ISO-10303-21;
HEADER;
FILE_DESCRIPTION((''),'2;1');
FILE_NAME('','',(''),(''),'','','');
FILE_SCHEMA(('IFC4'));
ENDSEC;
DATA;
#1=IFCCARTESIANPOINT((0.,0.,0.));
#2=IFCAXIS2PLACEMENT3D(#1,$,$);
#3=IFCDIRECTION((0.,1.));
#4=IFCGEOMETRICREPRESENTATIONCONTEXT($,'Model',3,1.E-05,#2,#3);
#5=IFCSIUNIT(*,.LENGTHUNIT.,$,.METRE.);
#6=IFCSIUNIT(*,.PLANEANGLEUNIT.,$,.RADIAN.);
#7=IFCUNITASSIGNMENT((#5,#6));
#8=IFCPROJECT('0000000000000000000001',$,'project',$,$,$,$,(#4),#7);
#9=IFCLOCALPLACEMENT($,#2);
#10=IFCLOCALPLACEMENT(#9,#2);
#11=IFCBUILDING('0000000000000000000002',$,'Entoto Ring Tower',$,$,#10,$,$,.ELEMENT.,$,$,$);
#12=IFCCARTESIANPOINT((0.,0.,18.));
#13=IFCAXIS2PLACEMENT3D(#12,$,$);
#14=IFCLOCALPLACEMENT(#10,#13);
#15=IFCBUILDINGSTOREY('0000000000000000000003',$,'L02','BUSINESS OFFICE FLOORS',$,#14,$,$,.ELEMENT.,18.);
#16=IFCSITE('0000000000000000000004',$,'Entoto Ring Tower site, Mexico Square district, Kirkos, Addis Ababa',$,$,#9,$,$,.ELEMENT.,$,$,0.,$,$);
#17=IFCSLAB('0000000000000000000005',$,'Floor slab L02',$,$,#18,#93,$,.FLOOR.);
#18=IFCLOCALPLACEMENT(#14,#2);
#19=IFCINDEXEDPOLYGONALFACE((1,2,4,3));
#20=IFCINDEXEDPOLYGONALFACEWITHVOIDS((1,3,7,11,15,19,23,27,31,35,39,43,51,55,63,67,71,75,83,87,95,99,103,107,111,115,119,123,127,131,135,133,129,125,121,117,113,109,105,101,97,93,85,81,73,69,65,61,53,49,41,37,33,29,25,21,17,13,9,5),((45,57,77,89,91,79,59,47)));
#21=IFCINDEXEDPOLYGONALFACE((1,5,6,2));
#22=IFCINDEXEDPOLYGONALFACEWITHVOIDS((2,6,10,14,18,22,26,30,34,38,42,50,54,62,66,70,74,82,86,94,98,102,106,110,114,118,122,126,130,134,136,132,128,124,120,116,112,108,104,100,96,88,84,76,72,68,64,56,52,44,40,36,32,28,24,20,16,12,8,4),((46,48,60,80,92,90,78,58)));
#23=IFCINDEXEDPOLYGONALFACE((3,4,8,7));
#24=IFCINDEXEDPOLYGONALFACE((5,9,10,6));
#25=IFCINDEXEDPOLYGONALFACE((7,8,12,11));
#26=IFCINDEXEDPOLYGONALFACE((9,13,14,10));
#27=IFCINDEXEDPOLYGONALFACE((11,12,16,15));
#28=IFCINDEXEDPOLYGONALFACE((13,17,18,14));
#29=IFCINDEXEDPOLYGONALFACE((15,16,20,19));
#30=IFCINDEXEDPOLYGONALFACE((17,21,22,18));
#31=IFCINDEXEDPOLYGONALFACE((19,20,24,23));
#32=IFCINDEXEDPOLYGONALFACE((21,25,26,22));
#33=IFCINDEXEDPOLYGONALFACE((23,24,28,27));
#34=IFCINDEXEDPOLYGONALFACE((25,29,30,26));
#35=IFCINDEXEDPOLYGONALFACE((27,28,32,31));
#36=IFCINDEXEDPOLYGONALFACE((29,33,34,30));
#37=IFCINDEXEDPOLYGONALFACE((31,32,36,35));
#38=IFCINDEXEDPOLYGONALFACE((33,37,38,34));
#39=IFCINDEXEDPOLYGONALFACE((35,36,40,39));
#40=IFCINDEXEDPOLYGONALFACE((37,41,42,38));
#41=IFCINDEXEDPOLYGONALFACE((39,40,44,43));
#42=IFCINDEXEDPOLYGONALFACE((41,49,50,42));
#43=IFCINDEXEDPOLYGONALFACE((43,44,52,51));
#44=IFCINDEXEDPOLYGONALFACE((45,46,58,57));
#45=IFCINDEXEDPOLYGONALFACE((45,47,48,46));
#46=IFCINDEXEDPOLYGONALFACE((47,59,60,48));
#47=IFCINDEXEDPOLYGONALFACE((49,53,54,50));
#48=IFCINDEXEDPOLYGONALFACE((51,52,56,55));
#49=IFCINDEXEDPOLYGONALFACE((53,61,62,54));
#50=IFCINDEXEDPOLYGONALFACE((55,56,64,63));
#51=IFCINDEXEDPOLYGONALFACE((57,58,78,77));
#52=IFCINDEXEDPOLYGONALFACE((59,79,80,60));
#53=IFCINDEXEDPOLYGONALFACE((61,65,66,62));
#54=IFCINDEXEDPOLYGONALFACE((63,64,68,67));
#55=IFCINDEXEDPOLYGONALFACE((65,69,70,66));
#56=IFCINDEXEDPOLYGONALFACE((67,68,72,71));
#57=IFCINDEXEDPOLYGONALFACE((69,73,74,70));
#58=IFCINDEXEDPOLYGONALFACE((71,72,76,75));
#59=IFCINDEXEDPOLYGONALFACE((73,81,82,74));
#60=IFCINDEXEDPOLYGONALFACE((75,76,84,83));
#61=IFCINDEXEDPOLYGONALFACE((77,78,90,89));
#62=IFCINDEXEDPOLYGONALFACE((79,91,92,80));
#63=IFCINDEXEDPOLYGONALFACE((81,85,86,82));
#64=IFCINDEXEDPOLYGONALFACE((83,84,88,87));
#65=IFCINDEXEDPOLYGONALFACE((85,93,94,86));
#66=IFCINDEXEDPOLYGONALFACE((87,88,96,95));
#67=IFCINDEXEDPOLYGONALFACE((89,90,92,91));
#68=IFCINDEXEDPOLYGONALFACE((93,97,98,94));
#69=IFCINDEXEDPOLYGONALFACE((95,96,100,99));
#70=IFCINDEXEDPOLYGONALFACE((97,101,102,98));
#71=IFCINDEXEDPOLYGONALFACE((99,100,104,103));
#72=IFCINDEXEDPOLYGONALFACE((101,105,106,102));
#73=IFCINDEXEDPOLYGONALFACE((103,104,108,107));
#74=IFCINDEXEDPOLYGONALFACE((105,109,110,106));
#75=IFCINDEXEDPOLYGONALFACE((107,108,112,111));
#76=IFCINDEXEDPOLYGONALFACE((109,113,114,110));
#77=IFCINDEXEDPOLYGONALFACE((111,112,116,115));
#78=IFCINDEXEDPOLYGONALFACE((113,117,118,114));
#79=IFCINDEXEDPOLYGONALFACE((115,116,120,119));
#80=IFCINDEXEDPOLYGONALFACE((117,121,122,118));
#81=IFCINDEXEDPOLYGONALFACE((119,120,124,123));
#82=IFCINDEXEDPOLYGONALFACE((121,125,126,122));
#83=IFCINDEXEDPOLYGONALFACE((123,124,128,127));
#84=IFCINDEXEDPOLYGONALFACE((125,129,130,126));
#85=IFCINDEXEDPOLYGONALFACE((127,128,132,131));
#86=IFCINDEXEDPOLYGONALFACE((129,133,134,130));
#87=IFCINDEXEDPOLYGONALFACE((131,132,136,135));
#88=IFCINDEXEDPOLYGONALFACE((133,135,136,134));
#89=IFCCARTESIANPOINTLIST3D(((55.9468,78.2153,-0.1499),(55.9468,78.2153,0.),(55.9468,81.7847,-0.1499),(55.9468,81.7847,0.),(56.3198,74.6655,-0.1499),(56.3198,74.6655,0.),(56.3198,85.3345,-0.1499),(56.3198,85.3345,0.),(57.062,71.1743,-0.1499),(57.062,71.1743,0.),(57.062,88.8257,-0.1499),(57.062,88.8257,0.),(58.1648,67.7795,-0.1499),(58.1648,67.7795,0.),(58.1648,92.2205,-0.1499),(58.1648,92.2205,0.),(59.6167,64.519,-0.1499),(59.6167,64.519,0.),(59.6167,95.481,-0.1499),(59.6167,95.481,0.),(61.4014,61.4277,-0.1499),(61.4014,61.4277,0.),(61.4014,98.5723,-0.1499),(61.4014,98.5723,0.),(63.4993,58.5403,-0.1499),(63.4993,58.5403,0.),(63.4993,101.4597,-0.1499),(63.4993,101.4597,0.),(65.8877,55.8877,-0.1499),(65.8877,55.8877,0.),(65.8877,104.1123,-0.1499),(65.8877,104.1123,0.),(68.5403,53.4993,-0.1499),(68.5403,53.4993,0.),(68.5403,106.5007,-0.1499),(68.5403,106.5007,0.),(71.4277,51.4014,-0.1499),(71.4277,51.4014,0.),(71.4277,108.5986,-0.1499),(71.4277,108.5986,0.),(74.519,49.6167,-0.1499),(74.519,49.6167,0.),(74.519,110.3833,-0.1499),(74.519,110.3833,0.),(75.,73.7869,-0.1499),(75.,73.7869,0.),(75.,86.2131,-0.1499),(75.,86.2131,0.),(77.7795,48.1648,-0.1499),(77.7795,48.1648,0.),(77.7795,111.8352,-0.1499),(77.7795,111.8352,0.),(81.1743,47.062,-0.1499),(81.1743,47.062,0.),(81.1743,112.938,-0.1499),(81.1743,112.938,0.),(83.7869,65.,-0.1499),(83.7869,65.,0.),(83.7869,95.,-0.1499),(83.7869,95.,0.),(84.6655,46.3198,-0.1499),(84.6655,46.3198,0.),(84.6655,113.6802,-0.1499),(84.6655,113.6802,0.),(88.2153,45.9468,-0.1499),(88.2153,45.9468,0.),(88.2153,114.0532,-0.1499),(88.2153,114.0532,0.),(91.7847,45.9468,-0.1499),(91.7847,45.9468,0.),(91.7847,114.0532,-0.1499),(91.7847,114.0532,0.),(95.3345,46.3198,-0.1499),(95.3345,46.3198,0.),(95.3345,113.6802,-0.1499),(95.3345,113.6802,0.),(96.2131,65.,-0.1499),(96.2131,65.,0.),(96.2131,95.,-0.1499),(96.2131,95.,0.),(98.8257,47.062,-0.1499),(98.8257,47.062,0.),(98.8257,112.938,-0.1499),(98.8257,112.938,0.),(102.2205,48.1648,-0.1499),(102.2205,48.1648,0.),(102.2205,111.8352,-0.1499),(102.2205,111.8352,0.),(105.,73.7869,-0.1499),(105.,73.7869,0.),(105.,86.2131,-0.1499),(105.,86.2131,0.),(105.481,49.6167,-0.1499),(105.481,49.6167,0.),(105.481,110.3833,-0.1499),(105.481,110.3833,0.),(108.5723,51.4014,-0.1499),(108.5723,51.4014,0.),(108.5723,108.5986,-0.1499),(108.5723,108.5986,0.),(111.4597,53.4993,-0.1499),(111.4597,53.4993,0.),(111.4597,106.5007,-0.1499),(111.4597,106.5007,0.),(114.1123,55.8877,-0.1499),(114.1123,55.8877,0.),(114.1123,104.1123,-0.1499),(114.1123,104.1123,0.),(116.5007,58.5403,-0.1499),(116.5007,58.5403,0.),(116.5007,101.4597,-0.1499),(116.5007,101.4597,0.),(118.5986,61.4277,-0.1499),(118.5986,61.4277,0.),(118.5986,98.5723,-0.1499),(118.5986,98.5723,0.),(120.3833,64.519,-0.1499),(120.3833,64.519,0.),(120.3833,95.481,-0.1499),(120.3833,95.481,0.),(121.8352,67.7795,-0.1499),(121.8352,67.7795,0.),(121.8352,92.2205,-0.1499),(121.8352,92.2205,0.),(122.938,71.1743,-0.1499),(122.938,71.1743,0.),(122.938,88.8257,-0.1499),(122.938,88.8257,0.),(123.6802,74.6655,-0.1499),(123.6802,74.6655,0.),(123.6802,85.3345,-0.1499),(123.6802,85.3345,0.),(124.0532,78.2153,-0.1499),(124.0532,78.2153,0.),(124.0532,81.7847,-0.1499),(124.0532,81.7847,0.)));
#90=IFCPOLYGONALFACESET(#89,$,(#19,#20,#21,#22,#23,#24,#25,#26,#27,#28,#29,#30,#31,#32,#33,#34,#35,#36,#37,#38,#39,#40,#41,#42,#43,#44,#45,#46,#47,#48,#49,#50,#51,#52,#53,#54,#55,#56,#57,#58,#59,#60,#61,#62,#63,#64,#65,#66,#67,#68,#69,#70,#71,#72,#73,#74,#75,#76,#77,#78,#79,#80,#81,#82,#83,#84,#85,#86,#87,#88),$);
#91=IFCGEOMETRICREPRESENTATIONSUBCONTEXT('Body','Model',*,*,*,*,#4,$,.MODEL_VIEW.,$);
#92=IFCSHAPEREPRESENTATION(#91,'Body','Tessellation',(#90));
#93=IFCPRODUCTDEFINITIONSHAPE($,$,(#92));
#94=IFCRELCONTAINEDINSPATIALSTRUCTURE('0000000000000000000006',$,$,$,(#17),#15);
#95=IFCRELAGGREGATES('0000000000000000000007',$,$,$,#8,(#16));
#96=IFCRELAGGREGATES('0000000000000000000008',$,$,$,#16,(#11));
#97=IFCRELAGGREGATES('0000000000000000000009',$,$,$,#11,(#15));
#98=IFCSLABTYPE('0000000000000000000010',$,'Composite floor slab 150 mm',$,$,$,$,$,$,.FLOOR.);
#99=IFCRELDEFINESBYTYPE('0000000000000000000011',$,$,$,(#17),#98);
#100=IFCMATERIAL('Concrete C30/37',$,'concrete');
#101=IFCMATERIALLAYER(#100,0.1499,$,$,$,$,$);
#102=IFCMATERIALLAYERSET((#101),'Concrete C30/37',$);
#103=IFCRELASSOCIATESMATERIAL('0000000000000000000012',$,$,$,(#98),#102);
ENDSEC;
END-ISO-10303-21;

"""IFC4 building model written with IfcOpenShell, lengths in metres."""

from ifc_helpers import new_model, si_unit, direction, frame, origin, place, context, subcontext, project, spatial, polyline, outline, extrude, material, layer, layer_set, type_object, element, save


model = new_model("IFC4")

# Units and contexts
model_context = context("Model", 3, precision=1e-05, world=origin(), true_north=direction((0.0, 1.0)))
body_context = subcontext(model_context, "Body", "Model", "MODEL_VIEW")
ifc_project = project(units=[si_unit("LENGTHUNIT", "METRE"), si_unit("PLANEANGLEUNIT", "RADIAN")], contexts=[model_context])

# Site, building, storey
site_placement = place(None, origin())
building_placement = place(site_placement, origin())
storey_placement = place(building_placement, frame((0.0, 0.0, 18.0)))
site = spatial("IfcSite", under=ifc_project, at=site_placement, Name="Entoto Ring Tower site, Mexico Square district, Kirkos, Addis Ababa", CompositionType="ELEMENT", RefElevation=0.0)
building = spatial("IfcBuilding", under=site, at=building_placement, Name="Entoto Ring Tower", CompositionType="ELEMENT")
storey = spatial("IfcBuildingStorey", under=building, at=storey_placement, Name="L02", Description="BUSINESS OFFICE FLOORS", CompositionType="ELEMENT", Elevation=18.0)

# Slab
ifc_material_1 = material(Name="Concrete C30/37", Category="concrete")
ifc_layer_1 = layer(ifc_material_1, 0.1499)
ifc_layer_set_1 = layer_set([ifc_layer_1], Name="Concrete C30/37")
slab_type = type_object("IfcSlabType", Name="Composite floor slab 150 mm", PredefinedType="FLOOR", material=ifc_layer_set_1)
slab_placement = place(storey_placement, frame((0.0, 0.0, -0.1499)))
element("IfcSlab", 1, at=slab_placement, inside=storey, type_object=slab_type, Name="Floor slab L02", PredefinedType="FLOOR", context=body_context, shape_type="SweptSolid", body=[
    extrude(outline(polyline([(123.6802, 85.3345), (122.938, 88.8257), (121.8352, 92.2205), (120.3833, 95.481), (118.5986, 98.5723), (116.5007, 101.4597), (114.1123, 104.1123), (111.4597, 106.5007), (108.5723, 108.5986), (105.481, 110.3833), (102.2205, 111.8352), (98.8257, 112.938), (95.3345, 113.6802), (91.7847, 114.0532), (88.2153, 114.0532), (84.6655, 113.6802), (81.1743, 112.938), (77.7795, 111.8352), (74.519, 110.3833), (71.4277, 108.5986), (68.5403, 106.5007), (65.8877, 104.1123), (63.4993, 101.4597), (61.4014, 98.5723), (59.6167, 95.481), (58.1648, 92.2205), (57.062, 88.8257), (56.3198, 85.3345), (55.9468, 81.7847), (55.9468, 78.2153), (56.3198, 74.6655), (57.062, 71.1743), (58.1648, 67.7795), (59.6167, 64.519), (61.4014, 61.4277), (63.4993, 58.5403), (65.8877, 55.8877), (68.5403, 53.4993), (71.4277, 51.4014), (74.519, 49.6167), (77.7795, 48.1648), (81.1743, 47.062), (84.6655, 46.3198), (88.2153, 45.9468), (91.7847, 45.9468), (95.3345, 46.3198), (98.8257, 47.062), (102.2205, 48.1648), (105.481, 49.6167), (108.5723, 51.4014), (111.4597, 53.4993), (114.1123, 55.8877), (116.5007, 58.5403), (118.5986, 61.4277), (120.3833, 64.519), (121.8352, 67.7795), (122.938, 71.1743), (123.6802, 74.6655), (124.0532, 78.2153), (124.0532, 81.7847), (123.6802, 85.3345)]), holes=[polyline([(105.0, 73.7869), (105.0, 86.2131), (96.2131, 95.0), (83.7869, 95.0), (75.0, 86.2131), (75.0, 73.7869), (83.7869, 65.0), (96.2131, 65.0), (105.0, 73.7869)])]), origin(), (0.0, 0.0, 1.0), 0.1499),
])

save(model, "model.ifc")
